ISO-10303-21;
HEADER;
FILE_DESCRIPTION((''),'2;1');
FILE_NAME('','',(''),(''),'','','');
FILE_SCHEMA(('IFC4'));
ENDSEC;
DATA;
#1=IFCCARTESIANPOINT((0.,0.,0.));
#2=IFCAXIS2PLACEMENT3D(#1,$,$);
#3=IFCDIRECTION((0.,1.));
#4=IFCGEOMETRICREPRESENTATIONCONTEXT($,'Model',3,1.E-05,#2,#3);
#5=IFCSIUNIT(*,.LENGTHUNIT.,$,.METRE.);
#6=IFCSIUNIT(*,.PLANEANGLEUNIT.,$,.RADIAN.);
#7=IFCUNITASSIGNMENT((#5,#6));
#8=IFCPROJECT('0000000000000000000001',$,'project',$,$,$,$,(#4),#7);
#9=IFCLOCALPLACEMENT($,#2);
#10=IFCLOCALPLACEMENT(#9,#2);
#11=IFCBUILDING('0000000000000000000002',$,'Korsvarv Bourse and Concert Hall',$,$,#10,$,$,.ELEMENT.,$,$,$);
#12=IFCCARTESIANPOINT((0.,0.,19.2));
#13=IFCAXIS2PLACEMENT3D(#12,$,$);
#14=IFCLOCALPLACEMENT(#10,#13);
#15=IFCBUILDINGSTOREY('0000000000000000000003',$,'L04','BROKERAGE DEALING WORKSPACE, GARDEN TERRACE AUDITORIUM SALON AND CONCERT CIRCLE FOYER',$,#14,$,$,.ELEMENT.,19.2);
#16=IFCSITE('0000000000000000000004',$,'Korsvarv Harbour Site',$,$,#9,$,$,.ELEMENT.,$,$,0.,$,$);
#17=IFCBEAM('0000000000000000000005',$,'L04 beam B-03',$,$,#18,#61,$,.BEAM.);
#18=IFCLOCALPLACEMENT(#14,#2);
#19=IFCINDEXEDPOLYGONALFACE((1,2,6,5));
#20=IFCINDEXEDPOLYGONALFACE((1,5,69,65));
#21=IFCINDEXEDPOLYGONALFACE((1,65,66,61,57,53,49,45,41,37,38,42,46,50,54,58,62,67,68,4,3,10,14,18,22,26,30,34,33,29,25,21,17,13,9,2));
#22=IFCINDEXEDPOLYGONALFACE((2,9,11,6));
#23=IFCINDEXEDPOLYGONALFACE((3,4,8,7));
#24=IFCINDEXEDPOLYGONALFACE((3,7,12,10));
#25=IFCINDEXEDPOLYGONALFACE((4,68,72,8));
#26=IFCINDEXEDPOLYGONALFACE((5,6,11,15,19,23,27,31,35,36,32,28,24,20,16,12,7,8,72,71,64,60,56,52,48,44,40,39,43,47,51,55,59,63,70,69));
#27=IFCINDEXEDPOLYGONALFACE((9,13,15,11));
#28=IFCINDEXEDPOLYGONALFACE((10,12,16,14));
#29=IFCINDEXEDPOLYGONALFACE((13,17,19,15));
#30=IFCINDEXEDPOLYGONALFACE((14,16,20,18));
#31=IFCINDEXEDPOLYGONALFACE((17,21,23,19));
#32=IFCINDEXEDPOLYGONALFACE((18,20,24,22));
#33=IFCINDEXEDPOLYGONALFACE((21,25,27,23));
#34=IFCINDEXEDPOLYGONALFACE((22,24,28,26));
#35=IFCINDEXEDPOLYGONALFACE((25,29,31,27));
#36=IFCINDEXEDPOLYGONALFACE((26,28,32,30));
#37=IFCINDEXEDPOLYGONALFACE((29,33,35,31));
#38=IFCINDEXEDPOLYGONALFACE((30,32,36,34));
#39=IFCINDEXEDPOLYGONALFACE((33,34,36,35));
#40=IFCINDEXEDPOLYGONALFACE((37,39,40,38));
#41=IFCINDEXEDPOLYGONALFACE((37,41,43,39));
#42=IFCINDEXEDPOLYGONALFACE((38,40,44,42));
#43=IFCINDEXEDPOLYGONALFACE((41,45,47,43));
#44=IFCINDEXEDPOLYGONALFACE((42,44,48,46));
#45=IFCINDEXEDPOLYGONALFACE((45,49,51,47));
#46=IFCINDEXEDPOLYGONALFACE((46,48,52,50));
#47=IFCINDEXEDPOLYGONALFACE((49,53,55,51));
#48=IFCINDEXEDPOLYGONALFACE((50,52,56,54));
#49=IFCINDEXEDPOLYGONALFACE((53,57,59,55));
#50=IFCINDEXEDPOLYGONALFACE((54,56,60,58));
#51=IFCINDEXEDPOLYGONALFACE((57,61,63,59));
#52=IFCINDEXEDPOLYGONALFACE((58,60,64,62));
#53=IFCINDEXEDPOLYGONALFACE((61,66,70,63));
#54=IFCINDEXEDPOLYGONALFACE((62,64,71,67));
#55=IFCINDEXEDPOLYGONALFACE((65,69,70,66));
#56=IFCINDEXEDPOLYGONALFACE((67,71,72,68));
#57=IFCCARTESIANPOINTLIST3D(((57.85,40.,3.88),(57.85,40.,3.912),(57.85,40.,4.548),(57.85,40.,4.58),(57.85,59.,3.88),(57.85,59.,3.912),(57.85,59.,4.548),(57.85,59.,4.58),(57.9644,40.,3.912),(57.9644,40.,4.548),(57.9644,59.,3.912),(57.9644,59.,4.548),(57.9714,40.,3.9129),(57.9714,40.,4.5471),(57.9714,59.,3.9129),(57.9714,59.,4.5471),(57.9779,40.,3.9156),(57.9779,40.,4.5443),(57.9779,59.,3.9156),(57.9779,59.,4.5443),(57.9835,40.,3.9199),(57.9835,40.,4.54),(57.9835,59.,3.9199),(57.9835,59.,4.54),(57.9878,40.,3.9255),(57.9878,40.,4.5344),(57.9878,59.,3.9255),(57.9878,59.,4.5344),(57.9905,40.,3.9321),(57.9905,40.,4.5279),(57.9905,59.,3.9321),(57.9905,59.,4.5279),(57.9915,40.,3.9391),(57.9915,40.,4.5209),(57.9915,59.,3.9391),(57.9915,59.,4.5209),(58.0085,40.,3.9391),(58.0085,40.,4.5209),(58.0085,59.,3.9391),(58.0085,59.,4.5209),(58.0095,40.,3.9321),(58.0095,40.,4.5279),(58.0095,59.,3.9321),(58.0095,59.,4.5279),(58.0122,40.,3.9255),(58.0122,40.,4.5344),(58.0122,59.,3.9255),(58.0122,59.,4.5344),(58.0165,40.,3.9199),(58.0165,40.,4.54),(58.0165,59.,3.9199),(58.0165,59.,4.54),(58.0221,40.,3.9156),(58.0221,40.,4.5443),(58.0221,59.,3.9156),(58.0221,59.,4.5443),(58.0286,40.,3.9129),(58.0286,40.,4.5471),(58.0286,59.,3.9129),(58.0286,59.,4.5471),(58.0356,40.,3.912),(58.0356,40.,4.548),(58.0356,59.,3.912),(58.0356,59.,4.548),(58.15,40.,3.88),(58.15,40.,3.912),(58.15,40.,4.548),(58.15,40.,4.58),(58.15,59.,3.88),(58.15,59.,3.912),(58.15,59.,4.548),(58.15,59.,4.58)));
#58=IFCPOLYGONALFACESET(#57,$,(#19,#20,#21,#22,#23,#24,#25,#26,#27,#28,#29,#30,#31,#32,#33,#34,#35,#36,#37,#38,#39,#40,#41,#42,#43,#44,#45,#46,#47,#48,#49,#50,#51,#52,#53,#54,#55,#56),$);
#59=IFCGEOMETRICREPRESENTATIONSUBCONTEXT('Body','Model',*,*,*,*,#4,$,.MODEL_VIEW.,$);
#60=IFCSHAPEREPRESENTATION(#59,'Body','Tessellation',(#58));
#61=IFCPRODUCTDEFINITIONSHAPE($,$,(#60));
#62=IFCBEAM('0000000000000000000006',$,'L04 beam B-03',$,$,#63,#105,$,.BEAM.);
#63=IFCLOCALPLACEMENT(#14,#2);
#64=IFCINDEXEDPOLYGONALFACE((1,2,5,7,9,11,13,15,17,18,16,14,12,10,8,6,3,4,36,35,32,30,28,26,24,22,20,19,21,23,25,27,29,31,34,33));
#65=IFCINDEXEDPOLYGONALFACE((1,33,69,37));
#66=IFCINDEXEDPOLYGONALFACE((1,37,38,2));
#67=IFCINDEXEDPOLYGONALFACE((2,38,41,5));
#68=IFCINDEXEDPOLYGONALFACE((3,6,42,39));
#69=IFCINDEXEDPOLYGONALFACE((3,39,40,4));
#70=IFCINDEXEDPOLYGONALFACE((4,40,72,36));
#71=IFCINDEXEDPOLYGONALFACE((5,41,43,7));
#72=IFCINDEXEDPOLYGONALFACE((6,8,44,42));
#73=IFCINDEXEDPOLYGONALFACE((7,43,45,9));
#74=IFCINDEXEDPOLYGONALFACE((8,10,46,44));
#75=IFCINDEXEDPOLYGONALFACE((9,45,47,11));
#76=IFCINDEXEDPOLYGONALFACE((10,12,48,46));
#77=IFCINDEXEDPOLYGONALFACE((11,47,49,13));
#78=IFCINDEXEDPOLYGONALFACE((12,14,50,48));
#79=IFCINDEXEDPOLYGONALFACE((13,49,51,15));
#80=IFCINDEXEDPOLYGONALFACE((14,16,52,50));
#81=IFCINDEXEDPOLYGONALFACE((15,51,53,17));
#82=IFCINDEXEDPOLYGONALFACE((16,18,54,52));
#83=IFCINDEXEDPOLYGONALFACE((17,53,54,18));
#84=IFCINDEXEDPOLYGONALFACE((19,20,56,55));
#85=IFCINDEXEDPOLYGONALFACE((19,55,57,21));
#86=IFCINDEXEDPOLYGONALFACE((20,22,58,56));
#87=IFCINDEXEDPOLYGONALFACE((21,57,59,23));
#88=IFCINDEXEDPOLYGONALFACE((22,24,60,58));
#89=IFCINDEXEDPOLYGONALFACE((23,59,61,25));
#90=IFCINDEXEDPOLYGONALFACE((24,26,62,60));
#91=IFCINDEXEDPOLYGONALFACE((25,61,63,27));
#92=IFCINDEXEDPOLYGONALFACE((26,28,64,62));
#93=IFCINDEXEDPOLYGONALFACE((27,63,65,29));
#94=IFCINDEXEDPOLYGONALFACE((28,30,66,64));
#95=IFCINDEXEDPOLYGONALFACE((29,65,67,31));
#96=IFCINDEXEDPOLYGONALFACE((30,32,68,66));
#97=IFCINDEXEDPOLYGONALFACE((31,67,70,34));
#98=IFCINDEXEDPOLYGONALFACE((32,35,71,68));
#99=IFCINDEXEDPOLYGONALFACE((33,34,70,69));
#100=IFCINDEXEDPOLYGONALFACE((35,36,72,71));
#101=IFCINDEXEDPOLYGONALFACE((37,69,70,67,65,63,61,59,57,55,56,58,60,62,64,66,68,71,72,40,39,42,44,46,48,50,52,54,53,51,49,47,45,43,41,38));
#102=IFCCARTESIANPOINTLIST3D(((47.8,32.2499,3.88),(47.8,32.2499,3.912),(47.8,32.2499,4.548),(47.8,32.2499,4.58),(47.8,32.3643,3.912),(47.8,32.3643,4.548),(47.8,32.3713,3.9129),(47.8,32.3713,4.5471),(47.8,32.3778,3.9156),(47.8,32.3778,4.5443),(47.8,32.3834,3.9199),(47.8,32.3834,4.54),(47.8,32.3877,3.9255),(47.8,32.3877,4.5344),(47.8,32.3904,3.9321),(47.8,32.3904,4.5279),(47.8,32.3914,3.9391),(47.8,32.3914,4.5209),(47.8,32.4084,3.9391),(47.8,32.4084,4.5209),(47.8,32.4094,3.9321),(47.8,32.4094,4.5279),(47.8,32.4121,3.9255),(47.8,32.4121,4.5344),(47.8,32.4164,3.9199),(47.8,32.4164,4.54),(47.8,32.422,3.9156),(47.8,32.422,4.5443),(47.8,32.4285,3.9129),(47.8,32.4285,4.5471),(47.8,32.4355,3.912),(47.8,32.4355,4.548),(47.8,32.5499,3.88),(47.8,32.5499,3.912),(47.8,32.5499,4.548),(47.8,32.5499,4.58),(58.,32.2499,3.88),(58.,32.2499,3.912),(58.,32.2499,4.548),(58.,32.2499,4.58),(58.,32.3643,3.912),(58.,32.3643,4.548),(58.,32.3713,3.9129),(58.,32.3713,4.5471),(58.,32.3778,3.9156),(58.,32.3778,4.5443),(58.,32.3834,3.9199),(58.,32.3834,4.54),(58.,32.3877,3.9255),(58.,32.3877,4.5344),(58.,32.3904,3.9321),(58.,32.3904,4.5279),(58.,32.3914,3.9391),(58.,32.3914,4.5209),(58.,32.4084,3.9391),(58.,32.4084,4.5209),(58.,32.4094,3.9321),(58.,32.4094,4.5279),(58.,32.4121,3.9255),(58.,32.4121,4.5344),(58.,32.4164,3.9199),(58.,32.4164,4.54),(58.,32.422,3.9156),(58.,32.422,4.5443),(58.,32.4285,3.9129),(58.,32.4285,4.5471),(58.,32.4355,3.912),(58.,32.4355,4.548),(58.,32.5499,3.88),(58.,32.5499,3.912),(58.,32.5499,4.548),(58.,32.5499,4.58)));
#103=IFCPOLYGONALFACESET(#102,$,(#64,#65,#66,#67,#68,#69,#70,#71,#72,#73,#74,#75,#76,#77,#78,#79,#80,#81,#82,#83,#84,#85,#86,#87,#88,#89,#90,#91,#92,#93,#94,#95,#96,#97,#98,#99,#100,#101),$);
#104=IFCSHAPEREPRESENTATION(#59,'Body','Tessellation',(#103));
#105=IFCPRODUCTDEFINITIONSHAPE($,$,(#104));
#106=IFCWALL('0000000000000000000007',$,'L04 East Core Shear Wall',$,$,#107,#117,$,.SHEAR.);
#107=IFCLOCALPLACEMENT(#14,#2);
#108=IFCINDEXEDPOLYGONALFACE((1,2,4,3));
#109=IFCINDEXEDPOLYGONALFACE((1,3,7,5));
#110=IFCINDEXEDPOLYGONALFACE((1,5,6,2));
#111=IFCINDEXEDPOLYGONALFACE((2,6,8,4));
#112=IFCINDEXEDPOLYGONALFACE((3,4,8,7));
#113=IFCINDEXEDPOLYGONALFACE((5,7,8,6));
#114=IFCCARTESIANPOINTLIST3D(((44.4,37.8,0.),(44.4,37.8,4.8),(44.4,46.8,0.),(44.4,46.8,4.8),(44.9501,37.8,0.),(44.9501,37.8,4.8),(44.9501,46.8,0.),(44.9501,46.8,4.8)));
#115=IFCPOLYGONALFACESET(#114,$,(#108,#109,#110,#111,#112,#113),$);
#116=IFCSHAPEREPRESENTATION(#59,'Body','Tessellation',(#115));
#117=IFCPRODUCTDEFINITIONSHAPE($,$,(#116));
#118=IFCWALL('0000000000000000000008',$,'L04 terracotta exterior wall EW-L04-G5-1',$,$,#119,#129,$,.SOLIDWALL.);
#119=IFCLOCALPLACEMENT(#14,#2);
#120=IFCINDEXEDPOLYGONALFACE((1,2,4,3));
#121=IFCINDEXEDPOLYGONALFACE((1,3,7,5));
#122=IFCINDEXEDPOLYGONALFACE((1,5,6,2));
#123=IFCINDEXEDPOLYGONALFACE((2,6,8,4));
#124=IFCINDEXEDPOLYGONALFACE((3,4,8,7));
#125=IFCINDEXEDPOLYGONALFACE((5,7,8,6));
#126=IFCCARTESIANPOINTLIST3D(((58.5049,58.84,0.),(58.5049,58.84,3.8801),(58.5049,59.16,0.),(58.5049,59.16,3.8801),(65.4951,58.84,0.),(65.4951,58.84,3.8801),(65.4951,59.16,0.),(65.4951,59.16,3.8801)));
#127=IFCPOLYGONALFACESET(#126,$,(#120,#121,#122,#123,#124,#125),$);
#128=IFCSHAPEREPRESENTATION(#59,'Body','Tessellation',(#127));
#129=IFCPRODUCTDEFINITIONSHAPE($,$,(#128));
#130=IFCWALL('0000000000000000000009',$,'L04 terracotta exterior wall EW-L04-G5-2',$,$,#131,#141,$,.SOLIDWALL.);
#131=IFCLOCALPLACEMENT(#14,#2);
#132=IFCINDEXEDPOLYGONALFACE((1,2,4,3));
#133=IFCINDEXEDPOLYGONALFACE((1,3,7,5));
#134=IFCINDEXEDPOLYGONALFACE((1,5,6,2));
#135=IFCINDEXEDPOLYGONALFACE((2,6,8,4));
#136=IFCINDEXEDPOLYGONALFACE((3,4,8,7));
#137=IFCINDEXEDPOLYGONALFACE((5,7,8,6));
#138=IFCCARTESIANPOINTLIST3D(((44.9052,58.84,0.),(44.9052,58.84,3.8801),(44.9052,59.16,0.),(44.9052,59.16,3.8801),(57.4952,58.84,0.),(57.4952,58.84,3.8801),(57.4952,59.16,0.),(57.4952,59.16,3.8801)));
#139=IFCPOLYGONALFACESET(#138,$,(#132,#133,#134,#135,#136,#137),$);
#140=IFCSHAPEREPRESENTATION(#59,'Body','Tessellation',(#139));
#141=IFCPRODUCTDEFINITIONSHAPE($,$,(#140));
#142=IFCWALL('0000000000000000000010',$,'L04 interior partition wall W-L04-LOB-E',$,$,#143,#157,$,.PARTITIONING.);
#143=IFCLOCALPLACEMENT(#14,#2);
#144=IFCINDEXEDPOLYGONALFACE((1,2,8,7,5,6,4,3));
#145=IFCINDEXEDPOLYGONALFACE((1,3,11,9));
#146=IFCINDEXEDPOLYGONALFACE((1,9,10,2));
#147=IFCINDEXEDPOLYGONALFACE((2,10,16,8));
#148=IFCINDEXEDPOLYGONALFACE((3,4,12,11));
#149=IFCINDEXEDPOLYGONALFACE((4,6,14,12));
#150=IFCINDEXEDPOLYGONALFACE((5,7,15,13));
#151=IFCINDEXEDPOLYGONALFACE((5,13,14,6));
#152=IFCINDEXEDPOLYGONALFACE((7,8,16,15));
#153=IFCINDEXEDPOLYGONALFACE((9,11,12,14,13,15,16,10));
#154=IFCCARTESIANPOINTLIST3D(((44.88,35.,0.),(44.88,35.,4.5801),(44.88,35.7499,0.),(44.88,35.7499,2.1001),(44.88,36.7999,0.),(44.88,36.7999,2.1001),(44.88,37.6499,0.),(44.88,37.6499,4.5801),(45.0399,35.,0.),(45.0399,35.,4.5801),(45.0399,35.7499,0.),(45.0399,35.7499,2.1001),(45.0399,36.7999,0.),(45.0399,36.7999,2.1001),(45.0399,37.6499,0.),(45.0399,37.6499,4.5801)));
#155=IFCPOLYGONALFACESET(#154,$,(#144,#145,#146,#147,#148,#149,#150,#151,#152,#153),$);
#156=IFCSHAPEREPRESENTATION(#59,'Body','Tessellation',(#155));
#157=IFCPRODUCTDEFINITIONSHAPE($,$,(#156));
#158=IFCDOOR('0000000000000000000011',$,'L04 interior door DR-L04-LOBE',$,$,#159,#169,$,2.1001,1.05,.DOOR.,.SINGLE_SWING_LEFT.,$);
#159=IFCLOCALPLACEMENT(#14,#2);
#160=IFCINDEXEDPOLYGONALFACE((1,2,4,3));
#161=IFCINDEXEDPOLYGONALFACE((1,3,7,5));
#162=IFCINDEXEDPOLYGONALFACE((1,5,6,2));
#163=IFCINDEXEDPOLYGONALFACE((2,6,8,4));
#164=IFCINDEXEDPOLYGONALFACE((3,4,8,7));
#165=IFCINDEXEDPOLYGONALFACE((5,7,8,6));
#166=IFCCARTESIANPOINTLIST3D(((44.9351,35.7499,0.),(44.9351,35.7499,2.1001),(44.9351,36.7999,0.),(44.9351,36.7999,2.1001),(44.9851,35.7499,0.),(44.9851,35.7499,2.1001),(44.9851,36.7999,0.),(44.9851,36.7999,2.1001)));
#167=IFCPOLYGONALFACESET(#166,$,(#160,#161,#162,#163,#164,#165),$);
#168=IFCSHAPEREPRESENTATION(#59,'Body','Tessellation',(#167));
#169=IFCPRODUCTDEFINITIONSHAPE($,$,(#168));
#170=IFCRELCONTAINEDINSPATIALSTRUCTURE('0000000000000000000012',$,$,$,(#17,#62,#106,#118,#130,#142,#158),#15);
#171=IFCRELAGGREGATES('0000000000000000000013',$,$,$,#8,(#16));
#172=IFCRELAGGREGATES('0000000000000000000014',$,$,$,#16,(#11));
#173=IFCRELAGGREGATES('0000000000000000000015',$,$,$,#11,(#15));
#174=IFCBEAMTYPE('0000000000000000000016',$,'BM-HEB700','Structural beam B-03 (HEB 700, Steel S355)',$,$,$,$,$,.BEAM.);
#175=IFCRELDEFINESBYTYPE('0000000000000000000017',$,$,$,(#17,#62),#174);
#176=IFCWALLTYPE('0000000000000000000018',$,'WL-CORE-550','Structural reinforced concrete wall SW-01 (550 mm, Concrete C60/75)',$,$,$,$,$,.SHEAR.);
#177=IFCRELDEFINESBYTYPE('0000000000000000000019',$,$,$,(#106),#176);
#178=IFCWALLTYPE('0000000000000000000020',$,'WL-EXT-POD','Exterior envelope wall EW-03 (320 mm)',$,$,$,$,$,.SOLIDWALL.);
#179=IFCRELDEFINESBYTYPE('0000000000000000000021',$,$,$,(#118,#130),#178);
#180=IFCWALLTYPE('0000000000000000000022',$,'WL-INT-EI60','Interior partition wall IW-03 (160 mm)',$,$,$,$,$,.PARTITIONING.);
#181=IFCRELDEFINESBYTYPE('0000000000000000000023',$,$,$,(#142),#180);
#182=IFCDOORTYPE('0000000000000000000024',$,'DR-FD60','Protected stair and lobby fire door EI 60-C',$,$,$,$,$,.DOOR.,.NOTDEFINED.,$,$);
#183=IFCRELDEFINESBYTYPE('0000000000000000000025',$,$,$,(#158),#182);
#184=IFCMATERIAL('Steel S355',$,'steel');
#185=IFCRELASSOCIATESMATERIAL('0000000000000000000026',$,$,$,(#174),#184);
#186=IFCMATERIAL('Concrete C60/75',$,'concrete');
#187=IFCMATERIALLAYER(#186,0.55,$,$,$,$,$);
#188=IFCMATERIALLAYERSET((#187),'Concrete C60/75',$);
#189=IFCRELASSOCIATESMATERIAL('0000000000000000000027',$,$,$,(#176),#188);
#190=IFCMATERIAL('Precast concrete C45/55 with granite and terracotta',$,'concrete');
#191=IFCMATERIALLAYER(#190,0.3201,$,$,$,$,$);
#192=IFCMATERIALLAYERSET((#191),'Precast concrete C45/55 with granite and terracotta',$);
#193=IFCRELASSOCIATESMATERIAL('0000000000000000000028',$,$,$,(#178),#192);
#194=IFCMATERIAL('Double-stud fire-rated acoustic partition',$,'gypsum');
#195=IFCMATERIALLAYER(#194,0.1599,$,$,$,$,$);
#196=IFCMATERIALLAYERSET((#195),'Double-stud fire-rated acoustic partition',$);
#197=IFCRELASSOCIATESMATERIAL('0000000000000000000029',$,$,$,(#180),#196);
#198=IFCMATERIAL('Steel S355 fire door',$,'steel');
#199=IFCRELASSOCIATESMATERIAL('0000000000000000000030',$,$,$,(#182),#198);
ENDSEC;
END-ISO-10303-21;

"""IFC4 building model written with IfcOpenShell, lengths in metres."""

from ifc_helpers import new_model, si_unit, direction, frame, frame_2d, origin, origin_2d, place, context, subcontext, project, spatial, rectangle, i_section, extrude, source, transform, mapped, material, layer, layer_set, material_profile, profile_set, type_object, element, fill, save


model = new_model("IFC4")

# Units and contexts
model_context = context("Model", 3, precision=1e-05, world=origin(), true_north=direction((0.0, 1.0)))
body_context = subcontext(model_context, "Body", "Model", "MODEL_VIEW")
ifc_project = project(units=[si_unit("LENGTHUNIT", "METRE"), si_unit("PLANEANGLEUNIT", "RADIAN")], contexts=[model_context])

# Site, building, storey
site_placement = place(None, origin())
site = spatial("IfcSite", under=ifc_project, at=site_placement, Name="Korsvarv Harbour Site", CompositionType="ELEMENT", RefElevation=0.0)
building_placement = place(site_placement, origin())
building = spatial("IfcBuilding", under=site, at=building_placement, Name="Korsvarv Bourse and Concert Hall", CompositionType="ELEMENT")
storey_placement = place(building_placement, frame((0.0, 0.0, 19.2)))
storey = spatial("IfcBuildingStorey", under=building, at=storey_placement, Name="L04", Description="BROKERAGE DEALING WORKSPACE, GARDEN TERRACE AUDITORIUM SALON AND CONCERT CIRCLE FOYER", CompositionType="ELEMENT", Elevation=19.2)

# Shared definitions
ifc_material_1 = material(Name="Concrete C60/75", Category="concrete")

# Beams
ifc_material_2 = material(Name="Steel S355", Category="steel")
ifc_material_profile_1 = material_profile(ifc_material_2, i_section(OverallWidth=0.3, OverallDepth=0.7, WebThickness=0.0171, FlangeThickness=0.032, FilletRadius=0.0271, at=origin_2d()), Name="HEB 700")
ifc_profile_set_1 = profile_set([ifc_material_profile_1], Name="Steel S355")
beam_type = type_object("IfcBeamType", Name="BM-HEB700", Description="Structural beam B-03 (HEB 700, Steel S355)", PredefinedType="BEAM", material=ifc_profile_set_1)
shared_shape_1 = source(origin(), body_context, "Body", "SweptSolid", [
    extrude(i_section(OverallWidth=0.3, OverallDepth=0.7, WebThickness=0.0171, FlangeThickness=0.032, FilletRadius=0.0271, at=origin_2d()), origin(), (0.0, 0.0, 1.0), 19.0),
])
beam_1_placement = place(storey_placement, frame((58.0, 40.0, 4.23), z_axis=(0.0, 1.0, 0.0), x_axis=(-1.0, 0.0, 0.0)))
element("IfcBeam", 1, at=beam_1_placement, inside=storey, type_object=beam_type, Name="L04 beam B-03", PredefinedType="BEAM", context=body_context, shape_type="MappedRepresentation", body=[
    mapped(shared_shape_1, transform((0.0, 0.0, 0.0), scale=1.0)),
])
shared_shape_2 = source(origin(), body_context, "Body", "SweptSolid", [
    extrude(i_section(OverallWidth=0.3, OverallDepth=0.7, WebThickness=0.0171, FlangeThickness=0.032, FilletRadius=0.0271, at=origin_2d()), origin(), (0.0, 0.0, 1.0), 10.2),
])
beam_2_placement = place(storey_placement, frame((47.8, 32.3999, 4.23), z_axis=(1.0, 0.0, 0.0), x_axis=(0.0, 1.0, 0.0)))
element("IfcBeam", 2, at=beam_2_placement, inside=storey, type_object=beam_type, Name="L04 beam B-03", PredefinedType="BEAM", context=body_context, shape_type="MappedRepresentation", body=[
    mapped(shared_shape_2, transform((0.0, 0.0, 0.0), scale=1.0)),
])

# Walls
ifc_layer_1 = layer(ifc_material_1, 0.55)
ifc_layer_set_1 = layer_set([ifc_layer_1], Name="Concrete C60/75")
wall_type_1 = type_object("IfcWallType", Name="WL-CORE-550", Description="Structural reinforced concrete wall SW-01 (550 mm, Concrete C60/75)", PredefinedType="SHEAR", material=ifc_layer_set_1)
wall_1_placement = place(storey_placement, frame((44.675, 37.8, 0.0), z_axis=(0.0, 0.0, 1.0), x_axis=(0.0, 1.0, 0.0)))
element("IfcWall", 3, at=wall_1_placement, inside=storey, type_object=wall_type_1, Name="L04 East Core Shear Wall", PredefinedType="SHEAR", context=body_context, shape_type="SweptSolid", body=[
    extrude(rectangle(XDim=9.0, YDim=0.55, at=frame_2d((4.5, 0.0))), origin(), (0.0, 0.0, 1.0), 4.8),
])
ifc_material_3 = material(Name="Precast concrete C45/55 with granite and terracotta", Category="concrete")
ifc_layer_2 = layer(ifc_material_3, 0.3201)
ifc_layer_set_2 = layer_set([ifc_layer_2], Name="Precast concrete C45/55 with granite and terracotta")
wall_type_2 = type_object("IfcWallType", Name="WL-EXT-POD", Description="Exterior envelope wall EW-03 (320 mm)", PredefinedType="SOLIDWALL", material=ifc_layer_set_2)
wall_2_placement = place(storey_placement, frame((65.4951, 59.0, 0.0), z_axis=(0.0, 0.0, 1.0), x_axis=(-1.0, 0.0, 0.0)))
element("IfcWall", 4, at=wall_2_placement, inside=storey, type_object=wall_type_2, Name="L04 terracotta exterior wall EW-L04-G5-1", PredefinedType="SOLIDWALL", context=body_context, shape_type="SweptSolid", body=[
    extrude(rectangle(XDim=6.9902, YDim=0.3201, at=frame_2d((3.4951, 0.0))), origin(), (0.0, 0.0, 1.0), 3.8801),
])
wall_3_placement = place(storey_placement, frame((57.4951, 59.0, 0.0), z_axis=(0.0, 0.0, 1.0), x_axis=(-1.0, 0.0, 0.0)))
element("IfcWall", 5, at=wall_3_placement, inside=storey, type_object=wall_type_2, Name="L04 terracotta exterior wall EW-L04-G5-2", PredefinedType="SOLIDWALL", context=body_context, shape_type="SweptSolid", body=[
    extrude(rectangle(XDim=12.5901, YDim=0.3201, at=frame_2d((6.2949, 0.0))), origin(), (0.0, 0.0, 1.0), 3.8801),
])

# Wall, opening, door
ifc_material_4 = material(Name="Double-stud fire-rated acoustic partition", Category="gypsum")
ifc_layer_3 = layer(ifc_material_4, 0.1599)
ifc_layer_set_3 = layer_set([ifc_layer_3], Name="Double-stud fire-rated acoustic partition")
wall_type_3 = type_object("IfcWallType", Name="WL-INT-EI60", Description="Interior partition wall IW-03 (160 mm)", PredefinedType="PARTITIONING", material=ifc_layer_set_3)
wall_4_placement = place(storey_placement, frame((44.96, 35.0, 0.0), z_axis=(0.0, 0.0, 1.0), x_axis=(0.0, 1.0, 0.0)))
wall_4 = element("IfcWall", 6, at=wall_4_placement, inside=storey, type_object=wall_type_3, Name="L04 interior partition wall W-L04-LOB-E", PredefinedType="PARTITIONING", context=body_context, shape_type="SweptSolid", body=[
    extrude(rectangle(XDim=2.6499, YDim=0.1599, at=frame_2d((1.325, 0.0))), origin(), (0.0, 0.0, 1.0), 4.5801),
])
opening_1_placement = place(wall_4_placement, frame((0.75, 0.0, 0.0)))
opening_1 = element("IfcOpeningElement", 7, at=opening_1_placement, cuts=wall_4, PredefinedType="OPENING", context=body_context, shape_type="SweptSolid", body=[
    extrude(rectangle(XDim=1.05, YDim=2.1001, at=frame_2d((0.5249, 1.05))), frame((0.0, 0.0898, 0.0), z_axis=(0.0, -1.0, 0.0), x_axis=(1.0, 0.0, 0.0)), (0.0, 0.0, 1.0), 0.1799),
])
ifc_material_5 = material(Name="Steel S355 fire door", Category="steel")
door_type_1 = type_object("IfcDoorType", Name="DR-FD60", Description="Protected stair and lobby fire door EI 60-C", OperationType="NOTDEFINED", PredefinedType="DOOR", material=ifc_material_5)
door_1_placement = place(opening_1_placement, origin())
door_1 = element("IfcDoor", 8, at=door_1_placement, inside=storey, type_object=door_type_1, Name="L04 interior door DR-L04-LOBE", OperationType="SINGLE_SWING_LEFT", OverallHeight=2.1001, OverallWidth=1.05, PredefinedType="DOOR", context=body_context, shape_type="SweptSolid", body=[
    extrude(rectangle(XDim=1.05, YDim=2.1001, at=frame_2d((0.5249, 1.05))), frame((0.0, 0.0249, 0.0), z_axis=(0.0, -1.0, 0.0), x_axis=(1.0, 0.0, 0.0)), (0.0, 0.0, 1.0), 0.05),
])
fill(opening_1, door_1)

save(model, "model.ifc")
